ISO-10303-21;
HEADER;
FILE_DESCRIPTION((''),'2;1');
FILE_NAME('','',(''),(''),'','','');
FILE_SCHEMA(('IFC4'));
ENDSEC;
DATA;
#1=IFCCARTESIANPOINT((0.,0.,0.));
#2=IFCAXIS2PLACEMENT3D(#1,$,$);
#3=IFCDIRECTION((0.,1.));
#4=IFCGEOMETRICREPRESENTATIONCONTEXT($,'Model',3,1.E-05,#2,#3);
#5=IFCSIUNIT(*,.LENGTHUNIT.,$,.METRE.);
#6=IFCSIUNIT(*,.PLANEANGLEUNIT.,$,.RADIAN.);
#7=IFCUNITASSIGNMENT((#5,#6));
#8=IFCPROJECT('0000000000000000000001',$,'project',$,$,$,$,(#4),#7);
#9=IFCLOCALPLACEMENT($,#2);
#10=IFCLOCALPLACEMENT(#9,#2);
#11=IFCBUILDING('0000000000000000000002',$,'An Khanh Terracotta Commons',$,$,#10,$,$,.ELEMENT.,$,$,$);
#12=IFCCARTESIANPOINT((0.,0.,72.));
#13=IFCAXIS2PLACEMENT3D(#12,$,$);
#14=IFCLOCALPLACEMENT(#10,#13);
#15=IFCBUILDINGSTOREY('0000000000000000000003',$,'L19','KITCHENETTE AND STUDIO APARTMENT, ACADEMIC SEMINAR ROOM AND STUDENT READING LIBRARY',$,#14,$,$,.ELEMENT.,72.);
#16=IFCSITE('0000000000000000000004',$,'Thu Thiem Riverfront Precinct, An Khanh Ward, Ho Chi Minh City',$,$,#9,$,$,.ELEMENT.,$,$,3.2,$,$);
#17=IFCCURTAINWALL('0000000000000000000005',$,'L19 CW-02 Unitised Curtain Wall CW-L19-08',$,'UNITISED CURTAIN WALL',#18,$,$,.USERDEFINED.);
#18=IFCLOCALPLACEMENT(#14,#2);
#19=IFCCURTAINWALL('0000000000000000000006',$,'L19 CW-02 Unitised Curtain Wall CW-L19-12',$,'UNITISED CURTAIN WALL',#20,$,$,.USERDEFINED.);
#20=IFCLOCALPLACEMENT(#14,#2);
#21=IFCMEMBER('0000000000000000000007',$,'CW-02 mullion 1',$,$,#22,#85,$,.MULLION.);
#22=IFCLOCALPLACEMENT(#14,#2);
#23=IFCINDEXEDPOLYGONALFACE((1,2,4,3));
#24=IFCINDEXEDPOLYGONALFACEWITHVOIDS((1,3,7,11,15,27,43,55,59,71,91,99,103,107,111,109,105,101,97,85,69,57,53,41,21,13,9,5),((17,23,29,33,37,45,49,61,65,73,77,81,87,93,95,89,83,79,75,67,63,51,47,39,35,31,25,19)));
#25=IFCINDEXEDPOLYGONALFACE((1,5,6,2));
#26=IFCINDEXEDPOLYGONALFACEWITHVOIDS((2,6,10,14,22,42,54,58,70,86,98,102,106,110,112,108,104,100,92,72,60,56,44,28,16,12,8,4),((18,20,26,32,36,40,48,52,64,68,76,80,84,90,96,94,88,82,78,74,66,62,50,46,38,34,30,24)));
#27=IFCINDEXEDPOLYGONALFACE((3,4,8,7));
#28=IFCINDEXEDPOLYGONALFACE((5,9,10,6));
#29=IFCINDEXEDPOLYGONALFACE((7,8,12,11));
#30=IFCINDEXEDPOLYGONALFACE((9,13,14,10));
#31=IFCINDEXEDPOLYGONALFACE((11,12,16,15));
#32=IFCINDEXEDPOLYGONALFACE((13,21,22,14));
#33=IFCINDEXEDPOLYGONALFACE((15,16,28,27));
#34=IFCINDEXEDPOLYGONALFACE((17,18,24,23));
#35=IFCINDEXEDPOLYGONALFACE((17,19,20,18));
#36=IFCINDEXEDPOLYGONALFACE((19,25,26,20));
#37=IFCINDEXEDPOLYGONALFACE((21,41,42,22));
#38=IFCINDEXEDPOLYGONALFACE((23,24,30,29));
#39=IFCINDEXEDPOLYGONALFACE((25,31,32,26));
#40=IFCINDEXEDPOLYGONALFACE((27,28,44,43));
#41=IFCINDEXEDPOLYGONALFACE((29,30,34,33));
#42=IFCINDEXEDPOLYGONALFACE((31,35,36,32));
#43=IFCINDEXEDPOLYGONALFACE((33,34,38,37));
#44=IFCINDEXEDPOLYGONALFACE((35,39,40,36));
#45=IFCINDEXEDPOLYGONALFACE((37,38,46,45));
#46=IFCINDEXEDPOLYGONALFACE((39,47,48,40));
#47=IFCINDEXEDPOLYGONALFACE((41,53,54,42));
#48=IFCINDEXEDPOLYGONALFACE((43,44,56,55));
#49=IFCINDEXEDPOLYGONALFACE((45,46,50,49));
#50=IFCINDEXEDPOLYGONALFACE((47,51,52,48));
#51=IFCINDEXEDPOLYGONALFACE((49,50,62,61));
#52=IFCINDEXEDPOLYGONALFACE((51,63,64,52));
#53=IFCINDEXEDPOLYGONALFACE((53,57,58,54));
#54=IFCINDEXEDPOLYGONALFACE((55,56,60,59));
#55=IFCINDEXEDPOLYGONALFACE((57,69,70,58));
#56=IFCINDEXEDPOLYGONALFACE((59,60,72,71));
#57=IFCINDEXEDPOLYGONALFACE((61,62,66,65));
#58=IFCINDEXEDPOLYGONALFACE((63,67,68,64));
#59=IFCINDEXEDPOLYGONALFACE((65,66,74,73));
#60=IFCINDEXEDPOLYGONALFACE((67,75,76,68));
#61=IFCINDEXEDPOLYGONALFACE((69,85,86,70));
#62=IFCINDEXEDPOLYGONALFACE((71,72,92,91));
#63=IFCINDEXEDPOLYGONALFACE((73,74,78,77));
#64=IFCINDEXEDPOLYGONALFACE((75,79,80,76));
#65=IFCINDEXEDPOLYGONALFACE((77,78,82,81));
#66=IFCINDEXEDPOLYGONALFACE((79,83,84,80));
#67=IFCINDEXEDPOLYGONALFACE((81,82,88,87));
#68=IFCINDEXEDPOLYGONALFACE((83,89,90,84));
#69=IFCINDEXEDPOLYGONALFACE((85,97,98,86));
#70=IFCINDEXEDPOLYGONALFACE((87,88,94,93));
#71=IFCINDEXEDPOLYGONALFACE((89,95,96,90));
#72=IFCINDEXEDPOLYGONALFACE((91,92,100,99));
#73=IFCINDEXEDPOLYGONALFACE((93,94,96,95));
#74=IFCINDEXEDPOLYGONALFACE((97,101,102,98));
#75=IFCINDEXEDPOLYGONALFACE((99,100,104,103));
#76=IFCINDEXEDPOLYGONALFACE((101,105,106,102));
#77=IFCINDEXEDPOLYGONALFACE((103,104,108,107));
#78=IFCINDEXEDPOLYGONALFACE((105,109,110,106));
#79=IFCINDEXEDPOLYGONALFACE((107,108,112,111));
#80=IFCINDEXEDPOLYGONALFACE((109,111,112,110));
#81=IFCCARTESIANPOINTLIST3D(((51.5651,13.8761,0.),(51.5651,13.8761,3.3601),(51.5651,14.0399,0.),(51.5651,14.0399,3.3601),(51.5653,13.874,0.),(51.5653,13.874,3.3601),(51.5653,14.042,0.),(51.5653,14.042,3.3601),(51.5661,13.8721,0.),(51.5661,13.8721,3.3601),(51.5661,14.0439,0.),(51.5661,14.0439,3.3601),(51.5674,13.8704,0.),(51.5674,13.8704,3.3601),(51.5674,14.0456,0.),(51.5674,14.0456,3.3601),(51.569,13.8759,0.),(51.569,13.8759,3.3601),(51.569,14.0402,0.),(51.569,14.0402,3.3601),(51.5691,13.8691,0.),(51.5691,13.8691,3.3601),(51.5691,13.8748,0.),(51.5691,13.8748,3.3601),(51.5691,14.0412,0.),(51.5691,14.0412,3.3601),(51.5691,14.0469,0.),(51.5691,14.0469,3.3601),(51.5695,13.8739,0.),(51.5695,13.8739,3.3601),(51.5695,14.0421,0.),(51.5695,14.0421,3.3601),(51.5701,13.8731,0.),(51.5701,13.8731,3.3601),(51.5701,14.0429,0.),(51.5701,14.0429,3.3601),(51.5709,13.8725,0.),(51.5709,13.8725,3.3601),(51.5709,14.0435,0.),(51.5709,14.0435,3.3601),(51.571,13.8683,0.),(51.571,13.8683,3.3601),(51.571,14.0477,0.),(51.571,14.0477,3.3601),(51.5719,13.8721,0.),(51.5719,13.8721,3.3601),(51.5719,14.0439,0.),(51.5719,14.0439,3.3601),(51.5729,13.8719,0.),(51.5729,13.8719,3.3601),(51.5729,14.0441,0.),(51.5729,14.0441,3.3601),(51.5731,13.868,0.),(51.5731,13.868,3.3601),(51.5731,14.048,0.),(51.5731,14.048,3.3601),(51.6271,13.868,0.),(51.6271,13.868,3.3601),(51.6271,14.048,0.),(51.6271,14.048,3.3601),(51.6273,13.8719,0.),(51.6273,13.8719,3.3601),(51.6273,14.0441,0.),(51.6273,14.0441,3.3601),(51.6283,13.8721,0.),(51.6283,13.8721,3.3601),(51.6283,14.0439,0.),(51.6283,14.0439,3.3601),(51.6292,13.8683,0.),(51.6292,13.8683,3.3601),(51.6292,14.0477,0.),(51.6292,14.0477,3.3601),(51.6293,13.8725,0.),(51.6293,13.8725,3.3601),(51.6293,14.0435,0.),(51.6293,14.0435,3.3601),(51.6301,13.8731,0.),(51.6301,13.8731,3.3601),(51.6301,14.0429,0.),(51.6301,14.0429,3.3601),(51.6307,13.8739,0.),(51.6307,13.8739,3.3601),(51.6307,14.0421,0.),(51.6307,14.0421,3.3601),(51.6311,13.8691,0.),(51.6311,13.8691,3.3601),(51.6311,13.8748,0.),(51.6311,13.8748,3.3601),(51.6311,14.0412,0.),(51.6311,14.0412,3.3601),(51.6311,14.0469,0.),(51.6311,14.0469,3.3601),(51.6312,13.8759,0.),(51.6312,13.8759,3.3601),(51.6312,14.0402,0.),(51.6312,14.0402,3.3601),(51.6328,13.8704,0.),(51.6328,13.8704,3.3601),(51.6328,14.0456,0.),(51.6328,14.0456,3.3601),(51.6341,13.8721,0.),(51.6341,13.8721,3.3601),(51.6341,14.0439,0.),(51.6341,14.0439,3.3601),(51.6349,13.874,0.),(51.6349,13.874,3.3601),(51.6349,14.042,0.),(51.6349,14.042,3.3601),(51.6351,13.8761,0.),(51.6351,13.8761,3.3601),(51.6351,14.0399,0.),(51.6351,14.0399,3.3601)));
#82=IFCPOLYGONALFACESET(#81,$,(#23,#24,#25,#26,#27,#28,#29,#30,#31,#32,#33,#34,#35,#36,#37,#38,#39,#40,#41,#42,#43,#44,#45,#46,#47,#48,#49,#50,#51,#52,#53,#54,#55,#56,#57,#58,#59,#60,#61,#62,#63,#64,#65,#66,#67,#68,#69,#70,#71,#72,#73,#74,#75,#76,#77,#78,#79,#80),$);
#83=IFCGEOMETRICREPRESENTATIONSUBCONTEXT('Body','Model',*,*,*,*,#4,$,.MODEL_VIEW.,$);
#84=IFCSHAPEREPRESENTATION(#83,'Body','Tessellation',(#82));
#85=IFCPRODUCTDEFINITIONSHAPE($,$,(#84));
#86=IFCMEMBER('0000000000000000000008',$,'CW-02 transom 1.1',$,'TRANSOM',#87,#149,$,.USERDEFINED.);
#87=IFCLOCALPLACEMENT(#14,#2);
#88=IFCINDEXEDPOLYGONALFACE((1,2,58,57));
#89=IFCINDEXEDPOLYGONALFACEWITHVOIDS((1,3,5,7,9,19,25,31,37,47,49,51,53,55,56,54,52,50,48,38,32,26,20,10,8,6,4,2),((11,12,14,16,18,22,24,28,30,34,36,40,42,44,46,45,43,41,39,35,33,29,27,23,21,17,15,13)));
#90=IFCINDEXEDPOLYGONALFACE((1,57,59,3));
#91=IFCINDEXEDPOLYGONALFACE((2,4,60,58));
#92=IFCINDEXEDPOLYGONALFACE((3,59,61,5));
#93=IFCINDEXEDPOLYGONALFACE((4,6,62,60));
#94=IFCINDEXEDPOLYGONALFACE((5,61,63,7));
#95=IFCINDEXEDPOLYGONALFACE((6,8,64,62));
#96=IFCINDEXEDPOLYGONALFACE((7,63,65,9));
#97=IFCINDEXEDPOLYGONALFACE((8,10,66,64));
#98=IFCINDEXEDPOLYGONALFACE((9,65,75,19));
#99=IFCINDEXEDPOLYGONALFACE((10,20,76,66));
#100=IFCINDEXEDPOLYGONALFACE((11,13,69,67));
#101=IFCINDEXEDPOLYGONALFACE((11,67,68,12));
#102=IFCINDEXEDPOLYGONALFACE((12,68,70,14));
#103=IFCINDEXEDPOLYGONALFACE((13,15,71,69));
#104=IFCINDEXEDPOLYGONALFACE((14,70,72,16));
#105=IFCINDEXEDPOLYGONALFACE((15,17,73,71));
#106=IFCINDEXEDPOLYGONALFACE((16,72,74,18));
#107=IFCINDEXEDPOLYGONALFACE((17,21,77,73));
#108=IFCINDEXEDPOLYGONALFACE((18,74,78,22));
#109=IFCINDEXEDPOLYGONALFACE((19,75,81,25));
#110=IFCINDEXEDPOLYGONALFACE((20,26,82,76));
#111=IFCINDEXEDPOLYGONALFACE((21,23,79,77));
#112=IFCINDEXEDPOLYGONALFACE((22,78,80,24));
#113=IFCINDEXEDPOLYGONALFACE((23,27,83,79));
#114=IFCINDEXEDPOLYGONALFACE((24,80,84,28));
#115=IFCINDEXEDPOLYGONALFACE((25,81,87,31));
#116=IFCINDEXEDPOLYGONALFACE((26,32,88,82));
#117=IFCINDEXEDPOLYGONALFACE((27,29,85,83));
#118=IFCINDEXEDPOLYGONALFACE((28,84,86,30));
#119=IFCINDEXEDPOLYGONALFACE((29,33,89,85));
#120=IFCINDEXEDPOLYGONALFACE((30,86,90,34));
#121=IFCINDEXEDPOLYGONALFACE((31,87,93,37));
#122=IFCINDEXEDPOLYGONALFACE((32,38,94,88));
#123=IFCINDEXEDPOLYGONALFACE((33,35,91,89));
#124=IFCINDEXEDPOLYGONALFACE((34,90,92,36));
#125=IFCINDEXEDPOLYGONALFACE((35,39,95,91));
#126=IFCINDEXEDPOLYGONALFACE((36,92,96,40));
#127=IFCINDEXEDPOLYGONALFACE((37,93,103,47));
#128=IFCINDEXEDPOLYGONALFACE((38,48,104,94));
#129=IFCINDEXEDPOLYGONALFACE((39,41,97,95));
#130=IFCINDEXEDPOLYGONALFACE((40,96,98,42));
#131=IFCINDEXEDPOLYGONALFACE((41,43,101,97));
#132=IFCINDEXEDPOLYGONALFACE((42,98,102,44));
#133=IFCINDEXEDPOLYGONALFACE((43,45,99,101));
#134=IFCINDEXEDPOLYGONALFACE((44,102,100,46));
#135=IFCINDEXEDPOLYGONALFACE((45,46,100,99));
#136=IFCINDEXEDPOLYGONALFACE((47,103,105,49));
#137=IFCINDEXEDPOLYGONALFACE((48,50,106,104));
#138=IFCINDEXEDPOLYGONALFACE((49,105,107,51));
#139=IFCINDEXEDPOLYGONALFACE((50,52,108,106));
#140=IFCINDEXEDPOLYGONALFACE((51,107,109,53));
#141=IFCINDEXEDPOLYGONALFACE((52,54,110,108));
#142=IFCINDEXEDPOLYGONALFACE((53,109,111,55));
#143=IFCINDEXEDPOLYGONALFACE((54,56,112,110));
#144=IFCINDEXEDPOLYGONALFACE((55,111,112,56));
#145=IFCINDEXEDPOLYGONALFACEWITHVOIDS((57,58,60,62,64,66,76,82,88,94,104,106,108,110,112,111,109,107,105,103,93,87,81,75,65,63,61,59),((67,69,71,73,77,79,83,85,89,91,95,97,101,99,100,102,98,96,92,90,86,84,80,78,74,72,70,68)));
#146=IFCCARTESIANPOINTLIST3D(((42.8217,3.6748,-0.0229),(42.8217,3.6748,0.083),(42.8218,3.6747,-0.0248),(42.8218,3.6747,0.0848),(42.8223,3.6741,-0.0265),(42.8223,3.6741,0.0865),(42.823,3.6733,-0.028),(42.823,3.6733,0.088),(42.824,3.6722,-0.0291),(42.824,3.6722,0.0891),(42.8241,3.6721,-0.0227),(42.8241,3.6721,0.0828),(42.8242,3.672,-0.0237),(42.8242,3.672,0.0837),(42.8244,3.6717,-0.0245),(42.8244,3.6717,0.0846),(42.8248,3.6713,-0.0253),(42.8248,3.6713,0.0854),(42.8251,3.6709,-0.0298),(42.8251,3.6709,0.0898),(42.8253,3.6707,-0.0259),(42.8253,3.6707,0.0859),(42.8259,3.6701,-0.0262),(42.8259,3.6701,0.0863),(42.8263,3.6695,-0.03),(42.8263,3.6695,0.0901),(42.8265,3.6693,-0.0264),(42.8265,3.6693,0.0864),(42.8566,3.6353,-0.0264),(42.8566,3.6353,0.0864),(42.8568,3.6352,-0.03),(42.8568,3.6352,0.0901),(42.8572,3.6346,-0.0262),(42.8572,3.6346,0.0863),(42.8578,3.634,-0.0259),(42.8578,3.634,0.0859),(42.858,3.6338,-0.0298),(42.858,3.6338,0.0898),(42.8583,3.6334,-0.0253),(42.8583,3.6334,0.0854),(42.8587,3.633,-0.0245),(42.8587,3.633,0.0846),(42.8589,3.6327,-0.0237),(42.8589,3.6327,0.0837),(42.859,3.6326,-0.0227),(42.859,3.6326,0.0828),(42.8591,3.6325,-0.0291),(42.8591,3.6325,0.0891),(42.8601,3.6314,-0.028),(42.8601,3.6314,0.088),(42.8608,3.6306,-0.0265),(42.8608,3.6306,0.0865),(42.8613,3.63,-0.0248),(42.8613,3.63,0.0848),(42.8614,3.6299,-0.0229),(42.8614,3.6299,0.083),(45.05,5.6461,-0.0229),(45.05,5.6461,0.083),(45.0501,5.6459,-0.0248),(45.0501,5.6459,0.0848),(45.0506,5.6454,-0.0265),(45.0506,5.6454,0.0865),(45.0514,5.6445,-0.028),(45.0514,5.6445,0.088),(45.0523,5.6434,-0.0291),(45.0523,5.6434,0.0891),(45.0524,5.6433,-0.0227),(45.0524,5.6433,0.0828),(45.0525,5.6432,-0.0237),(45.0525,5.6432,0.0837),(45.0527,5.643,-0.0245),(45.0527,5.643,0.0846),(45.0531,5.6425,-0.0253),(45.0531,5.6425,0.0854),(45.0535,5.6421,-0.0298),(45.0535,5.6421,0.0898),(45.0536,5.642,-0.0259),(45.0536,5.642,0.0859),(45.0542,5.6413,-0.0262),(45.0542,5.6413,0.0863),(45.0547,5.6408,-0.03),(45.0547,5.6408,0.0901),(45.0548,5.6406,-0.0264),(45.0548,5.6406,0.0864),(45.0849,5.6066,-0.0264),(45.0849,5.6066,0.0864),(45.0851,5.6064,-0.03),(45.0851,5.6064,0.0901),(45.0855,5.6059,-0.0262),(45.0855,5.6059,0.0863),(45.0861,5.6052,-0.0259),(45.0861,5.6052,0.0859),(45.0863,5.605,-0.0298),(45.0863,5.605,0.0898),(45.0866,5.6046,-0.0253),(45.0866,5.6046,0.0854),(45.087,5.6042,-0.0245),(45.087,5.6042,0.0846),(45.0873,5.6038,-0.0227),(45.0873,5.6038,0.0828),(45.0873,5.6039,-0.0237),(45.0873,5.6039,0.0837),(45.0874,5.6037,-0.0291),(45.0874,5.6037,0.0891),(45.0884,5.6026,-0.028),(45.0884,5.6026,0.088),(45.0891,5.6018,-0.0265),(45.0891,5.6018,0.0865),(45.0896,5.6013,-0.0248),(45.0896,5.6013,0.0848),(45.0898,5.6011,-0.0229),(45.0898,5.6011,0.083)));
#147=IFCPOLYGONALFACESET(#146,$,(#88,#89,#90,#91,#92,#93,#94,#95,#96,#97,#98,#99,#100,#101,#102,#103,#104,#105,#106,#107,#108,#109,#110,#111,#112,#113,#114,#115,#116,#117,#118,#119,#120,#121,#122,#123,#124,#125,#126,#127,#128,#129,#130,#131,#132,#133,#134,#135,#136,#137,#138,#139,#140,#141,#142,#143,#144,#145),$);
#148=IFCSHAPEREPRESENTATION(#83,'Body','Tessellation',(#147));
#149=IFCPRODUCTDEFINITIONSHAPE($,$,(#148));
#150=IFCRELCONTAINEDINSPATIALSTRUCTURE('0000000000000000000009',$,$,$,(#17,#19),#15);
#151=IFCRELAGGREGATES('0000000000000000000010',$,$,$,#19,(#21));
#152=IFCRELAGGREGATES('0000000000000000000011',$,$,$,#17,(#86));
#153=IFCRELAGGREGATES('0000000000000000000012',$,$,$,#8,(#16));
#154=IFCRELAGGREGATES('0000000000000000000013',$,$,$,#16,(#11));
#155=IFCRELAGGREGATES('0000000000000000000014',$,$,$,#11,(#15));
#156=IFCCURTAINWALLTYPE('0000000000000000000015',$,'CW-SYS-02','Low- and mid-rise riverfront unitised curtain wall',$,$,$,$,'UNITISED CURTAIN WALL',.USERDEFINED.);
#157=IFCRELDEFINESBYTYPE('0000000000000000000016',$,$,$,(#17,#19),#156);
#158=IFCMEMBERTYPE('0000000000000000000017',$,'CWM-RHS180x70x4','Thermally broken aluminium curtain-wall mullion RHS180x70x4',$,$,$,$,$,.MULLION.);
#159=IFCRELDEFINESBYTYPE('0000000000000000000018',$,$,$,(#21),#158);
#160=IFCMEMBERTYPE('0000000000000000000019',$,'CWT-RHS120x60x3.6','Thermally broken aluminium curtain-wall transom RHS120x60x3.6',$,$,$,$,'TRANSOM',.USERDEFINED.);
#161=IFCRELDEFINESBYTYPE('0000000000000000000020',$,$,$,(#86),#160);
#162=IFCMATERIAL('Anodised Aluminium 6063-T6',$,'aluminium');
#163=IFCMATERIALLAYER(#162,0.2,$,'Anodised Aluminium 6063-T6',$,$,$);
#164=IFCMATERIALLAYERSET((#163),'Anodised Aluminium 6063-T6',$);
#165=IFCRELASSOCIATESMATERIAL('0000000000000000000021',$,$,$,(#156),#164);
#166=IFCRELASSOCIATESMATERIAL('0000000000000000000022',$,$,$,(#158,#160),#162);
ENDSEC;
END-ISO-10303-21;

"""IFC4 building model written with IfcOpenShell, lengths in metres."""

from ifc_helpers import new_model, si_unit, direction, frame, origin, origin_2d, place, context, subcontext, project, spatial, hollow_rectangle, extrude, material, layer, layer_set, material_profile, profile_set, type_object, element, aggregate, save


model = new_model("IFC4")

# Units and contexts
model_context = context("Model", 3, precision=1e-05, world=origin(), true_north=direction((0.0, 1.0)))
body_context = subcontext(model_context, "Body", "Model", "MODEL_VIEW")
ifc_project = project(units=[si_unit("LENGTHUNIT", "METRE"), si_unit("PLANEANGLEUNIT", "RADIAN")], contexts=[model_context])

# Site, building, storey
site_placement = place(None, origin())
site = spatial("IfcSite", under=ifc_project, at=site_placement, Name="Thu Thiem Riverfront Precinct, An Khanh Ward, Ho Chi Minh City", CompositionType="ELEMENT", RefElevation=3.2)
building_placement = place(site_placement, origin())
building = spatial("IfcBuilding", under=site, at=building_placement, Name="An Khanh Terracotta Commons", CompositionType="ELEMENT")
storey_placement = place(building_placement, frame((0.0, 0.0, 72.0)))
storey = spatial("IfcBuildingStorey", under=building, at=storey_placement, Name="L19", Description="KITCHENETTE AND STUDIO APARTMENT, ACADEMIC SEMINAR ROOM AND STUDENT READING LIBRARY", CompositionType="ELEMENT", Elevation=72.0)

# Curtain wall
ifc_material_1 = material(Name="Anodised Aluminium 6063-T6", Category="aluminium")
ifc_layer_1 = layer(ifc_material_1, 0.2, Name="Anodised Aluminium 6063-T6")
ifc_layer_set_1 = layer_set([ifc_layer_1], Name="Anodised Aluminium 6063-T6")
curtain_wall_type = type_object("IfcCurtainWallType", Name="CW-SYS-02", Description="Low- and mid-rise riverfront unitised curtain wall", ElementType="UNITISED CURTAIN WALL", PredefinedType="USERDEFINED", material=ifc_layer_set_1)
curtain_wall_1_placement = place(storey_placement, origin())
curtain_wall_1 = element("IfcCurtainWall", 1, at=curtain_wall_1_placement, inside=storey, type_object=curtain_wall_type, Name="L19 CW-02 Unitised Curtain Wall CW-L19-08", ObjectType="UNITISED CURTAIN WALL", PredefinedType="USERDEFINED")
ifc_material_profile_1 = material_profile(ifc_material_1, hollow_rectangle(XDim=0.0701, YDim=0.1799, WallThickness=0.0039, InnerFilletRadius=0.0039, OuterFilletRadius=0.0081, at=origin_2d()), Name="RHS180x70x4")
ifc_profile_set_1 = profile_set([ifc_material_profile_1], Name="Anodised Aluminium 6063-T6")
member_type_1 = type_object("IfcMemberType", Name="CWM-RHS180x70x4", Description="Thermally broken aluminium curtain-wall mullion RHS180x70x4", PredefinedType="MULLION", material=ifc_profile_set_1)

# Curtain wall, member
curtain_wall_2_placement = place(storey_placement, origin())
curtain_wall_2 = element("IfcCurtainWall", 2, at=curtain_wall_2_placement, inside=storey, type_object=curtain_wall_type, Name="L19 CW-02 Unitised Curtain Wall CW-L19-12", ObjectType="UNITISED CURTAIN WALL", PredefinedType="USERDEFINED")
member_1_placement = place(storey_placement, frame((51.6001, 13.958, 0.0), z_axis=(0.0, 0.0, 1.0), x_axis=(-1.0, 0.0, 0.0)))
member_1 = element("IfcMember", 3, at=member_1_placement, type_object=member_type_1, Name="CW-02 mullion 1", PredefinedType="MULLION", context=body_context, shape_type="SweptSolid", body=[
    extrude(hollow_rectangle(XDim=0.0701, YDim=0.1799, WallThickness=0.0039, InnerFilletRadius=0.0039, OuterFilletRadius=0.0081, at=origin_2d()), origin(), (0.0, 0.0, 1.0), 3.3601),
])

# Member
ifc_material_profile_2 = material_profile(ifc_material_1, hollow_rectangle(XDim=0.0601, YDim=0.1201, WallThickness=0.0037, InnerFilletRadius=0.0037, OuterFilletRadius=0.0071, at=origin_2d()), Name="RHS120x60x3.6")
ifc_profile_set_2 = profile_set([ifc_material_profile_2], Name="Anodised Aluminium 6063-T6")
member_type_2 = type_object("IfcMemberType", Name="CWT-RHS120x60x3.6", Description="Thermally broken aluminium curtain-wall transom RHS120x60x3.6", ElementType="TRANSOM", PredefinedType="USERDEFINED", material=ifc_profile_set_2)
member_2_placement = place(storey_placement, frame((42.8416, 3.6523, 0.03), z_axis=(0.748992, 0.662579, 0.0), x_axis=(-0.662579, 0.748992, 0.0)))
member_2 = element("IfcMember", 4, at=member_2_placement, type_object=member_type_2, Name="CW-02 transom 1.1", ObjectType="TRANSOM", PredefinedType="USERDEFINED", context=body_context, shape_type="SweptSolid", body=[
    extrude(hollow_rectangle(XDim=0.0601, YDim=0.1201, WallThickness=0.0037, InnerFilletRadius=0.0037, OuterFilletRadius=0.0071, at=origin_2d()), origin(), (0.0, 0.0, 1.0), 2.9751),
])
aggregate(curtain_wall_2, [member_1])

aggregate(curtain_wall_1, [member_2])

save(model, "model.ifc")
